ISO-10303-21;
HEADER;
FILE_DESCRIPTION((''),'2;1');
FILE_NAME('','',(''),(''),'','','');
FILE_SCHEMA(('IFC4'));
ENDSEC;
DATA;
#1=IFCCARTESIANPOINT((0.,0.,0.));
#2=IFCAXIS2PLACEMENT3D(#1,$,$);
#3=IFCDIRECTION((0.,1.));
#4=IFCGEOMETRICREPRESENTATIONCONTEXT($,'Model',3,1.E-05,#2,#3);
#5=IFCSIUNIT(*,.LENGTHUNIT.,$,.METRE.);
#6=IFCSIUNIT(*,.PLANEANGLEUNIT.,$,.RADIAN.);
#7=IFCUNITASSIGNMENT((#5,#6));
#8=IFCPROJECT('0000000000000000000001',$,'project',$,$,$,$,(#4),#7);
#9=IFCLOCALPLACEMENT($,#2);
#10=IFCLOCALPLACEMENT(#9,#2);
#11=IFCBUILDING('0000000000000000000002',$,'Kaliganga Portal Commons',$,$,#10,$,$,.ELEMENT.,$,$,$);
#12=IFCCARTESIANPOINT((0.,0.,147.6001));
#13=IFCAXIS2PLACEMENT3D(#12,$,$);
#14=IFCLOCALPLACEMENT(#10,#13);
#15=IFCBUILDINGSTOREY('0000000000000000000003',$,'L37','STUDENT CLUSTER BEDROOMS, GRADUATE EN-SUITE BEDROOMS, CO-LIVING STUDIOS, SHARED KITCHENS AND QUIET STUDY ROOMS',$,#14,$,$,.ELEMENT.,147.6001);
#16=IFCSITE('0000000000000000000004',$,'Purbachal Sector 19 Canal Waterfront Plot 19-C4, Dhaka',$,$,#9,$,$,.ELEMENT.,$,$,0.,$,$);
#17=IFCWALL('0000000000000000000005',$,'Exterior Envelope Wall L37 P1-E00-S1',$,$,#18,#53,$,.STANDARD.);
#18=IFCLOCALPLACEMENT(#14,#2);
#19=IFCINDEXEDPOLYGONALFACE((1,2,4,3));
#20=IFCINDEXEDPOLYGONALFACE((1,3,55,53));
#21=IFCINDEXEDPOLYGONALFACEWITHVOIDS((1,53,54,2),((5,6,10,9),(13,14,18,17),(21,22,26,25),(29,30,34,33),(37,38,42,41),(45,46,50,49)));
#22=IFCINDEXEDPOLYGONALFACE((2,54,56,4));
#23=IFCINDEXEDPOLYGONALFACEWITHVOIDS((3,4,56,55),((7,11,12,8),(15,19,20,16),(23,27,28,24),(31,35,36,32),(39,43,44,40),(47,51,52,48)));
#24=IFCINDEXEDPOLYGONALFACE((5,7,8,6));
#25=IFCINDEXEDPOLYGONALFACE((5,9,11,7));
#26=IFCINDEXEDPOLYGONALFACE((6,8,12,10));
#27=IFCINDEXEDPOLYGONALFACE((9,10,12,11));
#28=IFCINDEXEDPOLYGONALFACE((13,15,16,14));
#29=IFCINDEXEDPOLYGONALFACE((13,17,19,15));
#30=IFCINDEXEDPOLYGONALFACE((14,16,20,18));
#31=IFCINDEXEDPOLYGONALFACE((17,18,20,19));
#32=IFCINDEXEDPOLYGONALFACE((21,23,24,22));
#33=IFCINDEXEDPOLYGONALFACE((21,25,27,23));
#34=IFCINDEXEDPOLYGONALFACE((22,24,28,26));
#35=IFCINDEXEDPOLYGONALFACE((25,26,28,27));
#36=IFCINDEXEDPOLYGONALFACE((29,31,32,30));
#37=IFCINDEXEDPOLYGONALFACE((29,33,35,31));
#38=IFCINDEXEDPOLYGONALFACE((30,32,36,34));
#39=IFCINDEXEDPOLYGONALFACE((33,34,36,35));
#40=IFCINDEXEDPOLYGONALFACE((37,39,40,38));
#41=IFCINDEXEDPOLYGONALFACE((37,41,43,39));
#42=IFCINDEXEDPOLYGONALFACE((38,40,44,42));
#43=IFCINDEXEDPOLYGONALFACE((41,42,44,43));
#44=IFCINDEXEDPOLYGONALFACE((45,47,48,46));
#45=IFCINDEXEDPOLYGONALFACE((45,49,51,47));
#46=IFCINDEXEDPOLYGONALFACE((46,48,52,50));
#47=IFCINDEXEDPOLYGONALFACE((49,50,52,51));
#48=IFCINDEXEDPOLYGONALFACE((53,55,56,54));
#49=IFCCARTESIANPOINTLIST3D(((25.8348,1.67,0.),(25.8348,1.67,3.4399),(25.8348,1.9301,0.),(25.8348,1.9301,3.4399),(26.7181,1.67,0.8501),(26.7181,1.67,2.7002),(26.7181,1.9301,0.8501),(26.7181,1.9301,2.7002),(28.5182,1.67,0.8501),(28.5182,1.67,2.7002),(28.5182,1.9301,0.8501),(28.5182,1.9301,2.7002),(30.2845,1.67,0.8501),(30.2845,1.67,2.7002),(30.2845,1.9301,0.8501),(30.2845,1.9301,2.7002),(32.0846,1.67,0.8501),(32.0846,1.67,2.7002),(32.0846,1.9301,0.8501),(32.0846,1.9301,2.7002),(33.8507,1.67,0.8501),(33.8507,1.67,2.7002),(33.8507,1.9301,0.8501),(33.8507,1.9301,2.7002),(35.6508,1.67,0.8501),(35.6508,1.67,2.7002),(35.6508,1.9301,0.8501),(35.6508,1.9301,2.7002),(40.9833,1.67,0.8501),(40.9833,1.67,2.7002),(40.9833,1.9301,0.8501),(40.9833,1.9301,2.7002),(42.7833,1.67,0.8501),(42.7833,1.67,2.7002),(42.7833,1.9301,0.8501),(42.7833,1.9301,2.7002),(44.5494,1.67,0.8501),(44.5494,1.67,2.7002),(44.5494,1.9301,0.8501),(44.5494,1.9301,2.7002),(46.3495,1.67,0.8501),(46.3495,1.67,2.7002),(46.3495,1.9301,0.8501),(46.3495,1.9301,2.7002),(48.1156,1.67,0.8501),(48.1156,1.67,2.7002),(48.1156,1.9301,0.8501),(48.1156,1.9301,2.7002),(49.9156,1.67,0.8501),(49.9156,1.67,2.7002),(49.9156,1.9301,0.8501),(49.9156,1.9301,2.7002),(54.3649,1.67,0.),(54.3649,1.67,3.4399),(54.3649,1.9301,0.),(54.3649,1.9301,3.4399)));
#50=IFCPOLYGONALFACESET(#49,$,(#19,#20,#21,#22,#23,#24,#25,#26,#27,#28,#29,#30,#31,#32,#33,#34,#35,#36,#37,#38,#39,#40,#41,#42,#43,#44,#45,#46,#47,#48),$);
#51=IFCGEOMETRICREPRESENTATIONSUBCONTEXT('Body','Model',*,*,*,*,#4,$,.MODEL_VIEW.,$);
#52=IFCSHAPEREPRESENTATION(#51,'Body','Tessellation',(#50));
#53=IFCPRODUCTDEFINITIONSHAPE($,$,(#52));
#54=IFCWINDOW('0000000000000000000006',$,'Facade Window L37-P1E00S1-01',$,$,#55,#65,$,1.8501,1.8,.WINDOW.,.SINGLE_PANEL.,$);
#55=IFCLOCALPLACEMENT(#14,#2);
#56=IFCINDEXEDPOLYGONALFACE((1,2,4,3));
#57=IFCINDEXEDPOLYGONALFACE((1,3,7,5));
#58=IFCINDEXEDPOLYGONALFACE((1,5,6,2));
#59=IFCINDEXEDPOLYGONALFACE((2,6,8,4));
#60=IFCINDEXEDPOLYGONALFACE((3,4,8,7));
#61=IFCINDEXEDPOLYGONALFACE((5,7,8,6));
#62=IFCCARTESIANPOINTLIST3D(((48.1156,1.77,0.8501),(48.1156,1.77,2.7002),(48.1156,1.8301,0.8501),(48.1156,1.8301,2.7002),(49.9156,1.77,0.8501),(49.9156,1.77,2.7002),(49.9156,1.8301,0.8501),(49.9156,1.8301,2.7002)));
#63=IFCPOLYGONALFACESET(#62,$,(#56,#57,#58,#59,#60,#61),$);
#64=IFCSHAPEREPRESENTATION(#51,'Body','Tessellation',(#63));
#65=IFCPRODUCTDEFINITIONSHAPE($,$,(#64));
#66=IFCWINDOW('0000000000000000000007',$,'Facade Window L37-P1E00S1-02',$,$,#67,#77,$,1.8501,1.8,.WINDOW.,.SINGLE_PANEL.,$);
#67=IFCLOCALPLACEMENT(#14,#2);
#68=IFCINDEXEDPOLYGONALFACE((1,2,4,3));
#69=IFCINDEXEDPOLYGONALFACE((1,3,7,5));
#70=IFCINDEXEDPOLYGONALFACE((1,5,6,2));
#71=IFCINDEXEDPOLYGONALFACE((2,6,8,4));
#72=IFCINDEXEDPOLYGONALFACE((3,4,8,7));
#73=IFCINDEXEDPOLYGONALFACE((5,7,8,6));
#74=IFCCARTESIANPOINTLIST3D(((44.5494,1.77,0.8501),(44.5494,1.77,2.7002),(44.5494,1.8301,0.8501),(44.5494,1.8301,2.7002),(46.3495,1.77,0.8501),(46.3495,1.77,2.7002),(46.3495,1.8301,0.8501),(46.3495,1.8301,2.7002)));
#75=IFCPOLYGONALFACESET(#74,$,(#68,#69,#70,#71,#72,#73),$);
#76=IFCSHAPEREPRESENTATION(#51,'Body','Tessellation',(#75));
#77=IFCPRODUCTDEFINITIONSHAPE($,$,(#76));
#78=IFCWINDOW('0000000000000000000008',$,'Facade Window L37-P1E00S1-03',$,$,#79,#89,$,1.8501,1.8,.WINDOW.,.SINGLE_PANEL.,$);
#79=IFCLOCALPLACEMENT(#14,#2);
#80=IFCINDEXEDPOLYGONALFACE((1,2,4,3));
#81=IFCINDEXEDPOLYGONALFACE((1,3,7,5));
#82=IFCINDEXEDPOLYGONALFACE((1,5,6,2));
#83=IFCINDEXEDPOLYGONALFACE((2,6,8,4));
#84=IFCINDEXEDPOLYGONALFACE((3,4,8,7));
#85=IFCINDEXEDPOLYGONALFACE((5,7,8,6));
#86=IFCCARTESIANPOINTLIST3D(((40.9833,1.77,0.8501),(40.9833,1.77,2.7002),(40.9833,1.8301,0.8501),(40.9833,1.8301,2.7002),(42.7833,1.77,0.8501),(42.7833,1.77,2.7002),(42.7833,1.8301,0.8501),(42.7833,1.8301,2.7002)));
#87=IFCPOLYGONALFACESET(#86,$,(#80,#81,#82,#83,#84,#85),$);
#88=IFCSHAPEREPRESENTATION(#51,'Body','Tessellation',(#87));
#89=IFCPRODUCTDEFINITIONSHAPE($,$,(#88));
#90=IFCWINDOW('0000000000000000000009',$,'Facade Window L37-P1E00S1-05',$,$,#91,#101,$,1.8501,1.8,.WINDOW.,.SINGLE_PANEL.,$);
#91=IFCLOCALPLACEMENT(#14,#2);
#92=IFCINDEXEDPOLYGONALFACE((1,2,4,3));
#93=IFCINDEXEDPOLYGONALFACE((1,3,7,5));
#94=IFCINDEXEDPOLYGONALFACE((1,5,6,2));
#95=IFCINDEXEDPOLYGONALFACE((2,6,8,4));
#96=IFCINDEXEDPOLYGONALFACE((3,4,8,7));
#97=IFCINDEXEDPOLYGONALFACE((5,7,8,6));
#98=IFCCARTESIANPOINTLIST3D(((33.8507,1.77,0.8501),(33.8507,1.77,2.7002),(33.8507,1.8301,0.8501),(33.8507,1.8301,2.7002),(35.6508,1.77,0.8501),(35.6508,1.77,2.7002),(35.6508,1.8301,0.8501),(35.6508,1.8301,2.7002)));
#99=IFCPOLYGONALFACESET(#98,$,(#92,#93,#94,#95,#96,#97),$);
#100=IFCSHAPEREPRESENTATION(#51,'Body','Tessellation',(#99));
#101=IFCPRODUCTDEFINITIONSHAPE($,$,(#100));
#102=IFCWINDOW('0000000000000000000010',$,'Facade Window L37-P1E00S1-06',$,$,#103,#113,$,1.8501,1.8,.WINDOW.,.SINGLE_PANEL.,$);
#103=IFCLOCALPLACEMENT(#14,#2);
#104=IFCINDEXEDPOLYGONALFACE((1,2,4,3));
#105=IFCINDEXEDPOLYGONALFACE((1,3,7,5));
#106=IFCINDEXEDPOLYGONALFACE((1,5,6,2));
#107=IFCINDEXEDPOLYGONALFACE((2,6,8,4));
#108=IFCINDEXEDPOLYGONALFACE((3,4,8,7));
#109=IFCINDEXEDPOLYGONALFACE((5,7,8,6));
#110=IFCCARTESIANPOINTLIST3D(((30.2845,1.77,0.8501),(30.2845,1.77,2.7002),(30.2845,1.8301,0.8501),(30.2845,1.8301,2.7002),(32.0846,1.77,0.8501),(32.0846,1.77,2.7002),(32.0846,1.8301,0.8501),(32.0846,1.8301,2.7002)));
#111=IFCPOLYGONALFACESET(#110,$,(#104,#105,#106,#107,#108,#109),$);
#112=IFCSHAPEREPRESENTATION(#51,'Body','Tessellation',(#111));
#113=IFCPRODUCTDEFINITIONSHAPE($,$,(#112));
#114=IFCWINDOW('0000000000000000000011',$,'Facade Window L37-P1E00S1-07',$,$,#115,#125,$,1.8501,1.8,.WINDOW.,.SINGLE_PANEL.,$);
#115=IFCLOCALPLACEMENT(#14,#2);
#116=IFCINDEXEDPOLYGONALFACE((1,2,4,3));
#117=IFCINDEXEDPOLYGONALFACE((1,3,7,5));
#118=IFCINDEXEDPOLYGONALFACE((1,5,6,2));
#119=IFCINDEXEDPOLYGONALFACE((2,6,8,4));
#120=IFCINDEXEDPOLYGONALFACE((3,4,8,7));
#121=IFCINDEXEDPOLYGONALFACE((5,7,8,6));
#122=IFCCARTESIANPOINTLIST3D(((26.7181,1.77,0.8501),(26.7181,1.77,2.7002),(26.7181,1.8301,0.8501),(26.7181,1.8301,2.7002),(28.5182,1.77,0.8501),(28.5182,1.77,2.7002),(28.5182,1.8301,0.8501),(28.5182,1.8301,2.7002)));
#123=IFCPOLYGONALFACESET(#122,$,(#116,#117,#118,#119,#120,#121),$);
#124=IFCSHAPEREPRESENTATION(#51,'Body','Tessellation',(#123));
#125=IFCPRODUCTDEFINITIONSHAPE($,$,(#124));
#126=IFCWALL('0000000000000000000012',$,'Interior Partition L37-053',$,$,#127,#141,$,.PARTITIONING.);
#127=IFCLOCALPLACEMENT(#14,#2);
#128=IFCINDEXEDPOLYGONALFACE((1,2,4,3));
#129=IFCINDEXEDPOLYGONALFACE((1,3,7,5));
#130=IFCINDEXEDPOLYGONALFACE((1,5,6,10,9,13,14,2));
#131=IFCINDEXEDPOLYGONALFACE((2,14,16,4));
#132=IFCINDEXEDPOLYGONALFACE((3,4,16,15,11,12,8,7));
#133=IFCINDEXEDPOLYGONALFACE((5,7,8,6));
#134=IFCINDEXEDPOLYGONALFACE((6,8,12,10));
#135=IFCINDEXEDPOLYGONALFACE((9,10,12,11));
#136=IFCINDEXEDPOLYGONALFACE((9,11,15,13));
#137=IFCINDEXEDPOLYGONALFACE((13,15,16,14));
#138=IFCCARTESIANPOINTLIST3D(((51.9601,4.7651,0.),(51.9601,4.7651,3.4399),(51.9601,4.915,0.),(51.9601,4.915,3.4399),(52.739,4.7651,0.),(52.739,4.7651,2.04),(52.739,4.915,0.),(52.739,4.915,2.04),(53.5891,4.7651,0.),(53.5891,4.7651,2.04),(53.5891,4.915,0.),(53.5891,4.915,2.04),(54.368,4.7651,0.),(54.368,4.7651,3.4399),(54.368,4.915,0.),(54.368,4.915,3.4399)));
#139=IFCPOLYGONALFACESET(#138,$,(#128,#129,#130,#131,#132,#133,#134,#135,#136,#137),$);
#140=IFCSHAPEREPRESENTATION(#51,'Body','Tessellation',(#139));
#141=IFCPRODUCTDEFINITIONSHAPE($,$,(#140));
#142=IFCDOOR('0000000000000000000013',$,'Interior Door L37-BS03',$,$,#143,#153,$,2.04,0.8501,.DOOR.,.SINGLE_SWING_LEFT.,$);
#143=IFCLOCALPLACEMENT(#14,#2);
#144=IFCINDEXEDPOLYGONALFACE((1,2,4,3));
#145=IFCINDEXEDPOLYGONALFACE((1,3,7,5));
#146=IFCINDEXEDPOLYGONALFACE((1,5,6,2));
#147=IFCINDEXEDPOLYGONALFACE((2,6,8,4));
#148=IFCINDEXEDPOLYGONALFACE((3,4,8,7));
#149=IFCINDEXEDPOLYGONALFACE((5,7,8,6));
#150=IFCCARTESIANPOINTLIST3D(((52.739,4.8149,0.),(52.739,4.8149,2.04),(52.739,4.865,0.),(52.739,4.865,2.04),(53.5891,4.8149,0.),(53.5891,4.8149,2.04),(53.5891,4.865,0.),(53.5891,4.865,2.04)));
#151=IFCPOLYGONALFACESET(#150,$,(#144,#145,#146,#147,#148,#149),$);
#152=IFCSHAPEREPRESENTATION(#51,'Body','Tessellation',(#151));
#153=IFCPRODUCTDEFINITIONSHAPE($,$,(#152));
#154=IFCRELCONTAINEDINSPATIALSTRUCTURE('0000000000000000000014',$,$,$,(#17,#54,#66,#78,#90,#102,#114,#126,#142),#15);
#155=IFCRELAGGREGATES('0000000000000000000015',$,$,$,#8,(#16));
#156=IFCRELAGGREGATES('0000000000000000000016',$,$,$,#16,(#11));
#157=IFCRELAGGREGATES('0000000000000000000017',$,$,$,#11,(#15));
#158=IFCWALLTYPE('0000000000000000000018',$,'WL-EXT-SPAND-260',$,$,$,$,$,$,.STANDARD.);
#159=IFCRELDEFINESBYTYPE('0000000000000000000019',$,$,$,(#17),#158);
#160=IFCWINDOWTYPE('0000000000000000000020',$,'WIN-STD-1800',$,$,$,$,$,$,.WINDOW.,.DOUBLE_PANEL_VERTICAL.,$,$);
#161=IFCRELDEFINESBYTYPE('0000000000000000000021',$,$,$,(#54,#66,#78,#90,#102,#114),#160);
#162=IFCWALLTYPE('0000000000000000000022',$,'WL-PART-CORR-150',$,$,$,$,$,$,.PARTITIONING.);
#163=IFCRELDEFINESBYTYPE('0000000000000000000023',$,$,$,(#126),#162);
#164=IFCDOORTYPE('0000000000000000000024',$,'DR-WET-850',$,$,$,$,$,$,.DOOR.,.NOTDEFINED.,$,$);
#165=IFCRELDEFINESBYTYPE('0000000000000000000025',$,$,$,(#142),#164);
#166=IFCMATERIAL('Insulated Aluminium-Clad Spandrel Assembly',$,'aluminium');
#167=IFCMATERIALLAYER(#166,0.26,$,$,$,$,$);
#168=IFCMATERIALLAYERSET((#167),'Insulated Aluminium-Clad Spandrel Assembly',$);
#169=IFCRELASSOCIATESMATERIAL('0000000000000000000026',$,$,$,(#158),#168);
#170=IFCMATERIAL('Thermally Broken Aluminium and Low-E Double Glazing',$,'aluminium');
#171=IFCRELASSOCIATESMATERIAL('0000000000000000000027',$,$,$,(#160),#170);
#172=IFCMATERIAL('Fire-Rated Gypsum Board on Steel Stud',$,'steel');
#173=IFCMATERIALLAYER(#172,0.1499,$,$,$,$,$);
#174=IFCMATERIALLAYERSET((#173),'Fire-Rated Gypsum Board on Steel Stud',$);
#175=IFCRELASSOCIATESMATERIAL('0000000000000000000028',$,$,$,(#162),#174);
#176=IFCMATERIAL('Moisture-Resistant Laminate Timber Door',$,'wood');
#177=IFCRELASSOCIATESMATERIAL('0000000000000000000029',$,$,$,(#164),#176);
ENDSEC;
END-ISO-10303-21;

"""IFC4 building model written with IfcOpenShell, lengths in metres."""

from ifc_helpers import new_model, si_unit, direction, frame, frame_2d, origin, place, context, subcontext, project, spatial, rectangle, extrude, material, layer, layer_set, type_object, element, fill, save


model = new_model("IFC4")

# Units and contexts
model_context = context("Model", 3, precision=1e-05, world=origin(), true_north=direction((0.0, 1.0)))
body_context = subcontext(model_context, "Body", "Model", "MODEL_VIEW")
ifc_project = project(units=[si_unit("LENGTHUNIT", "METRE"), si_unit("PLANEANGLEUNIT", "RADIAN")], contexts=[model_context])

# Site, building, storey
site_placement = place(None, origin())
site = spatial("IfcSite", under=ifc_project, at=site_placement, Name="Purbachal Sector 19 Canal Waterfront Plot 19-C4, Dhaka", CompositionType="ELEMENT", RefElevation=0.0)
building_placement = place(site_placement, origin())
building = spatial("IfcBuilding", under=site, at=building_placement, Name="Kaliganga Portal Commons", CompositionType="ELEMENT")
storey_placement = place(building_placement, frame((0.0, 0.0, 147.6001)))
storey = spatial("IfcBuildingStorey", under=building, at=storey_placement, Name="L37", Description="STUDENT CLUSTER BEDROOMS, GRADUATE EN-SUITE BEDROOMS, CO-LIVING STUDIOS, SHARED KITCHENS AND QUIET STUDY ROOMS", CompositionType="ELEMENT", Elevation=147.6001)

# Wall, openings, windows
ifc_material_1 = material(Name="Insulated Aluminium-Clad Spandrel Assembly", Category="aluminium")
ifc_layer_1 = layer(ifc_material_1, 0.26)
ifc_layer_set_1 = layer_set([ifc_layer_1], Name="Insulated Aluminium-Clad Spandrel Assembly")
wall_type_1 = type_object("IfcWallType", Name="WL-EXT-SPAND-260", PredefinedType="STANDARD", material=ifc_layer_set_1)
wall_1_placement = place(storey_placement, frame((54.365, 1.8, 0.0), z_axis=(0.0, 0.0, 1.0), x_axis=(-1.0, 0.0, 0.0)))
wall_1 = element("IfcWall", 1, at=wall_1_placement, inside=storey, type_object=wall_type_1, Name="Exterior Envelope Wall L37 P1-E00-S1", PredefinedType="STANDARD", context=body_context, shape_type="SweptSolid", body=[
    extrude(rectangle(XDim=28.53, YDim=0.26, at=frame_2d((14.2651, 0.0))), origin(), (0.0, 0.0, 1.0), 3.4399),
])
opening_1_placement = place(wall_1_placement, frame((4.4495, 0.0, 0.8501)))
opening_1 = element("IfcOpeningElement", 2, at=opening_1_placement, cuts=wall_1, PredefinedType="OPENING", context=body_context, shape_type="SweptSolid", body=[
    extrude(rectangle(XDim=1.8, YDim=1.8501, at=frame_2d((0.8999, 0.925))), frame((0.0, 0.1401, 0.0), z_axis=(0.0, -1.0, 0.0), x_axis=(1.0, 0.0, 0.0)), (0.0, 0.0, 1.0), 0.28),
])
opening_2_placement = place(wall_1_placement, frame((8.0156, 0.0, 0.8501)))
opening_2 = element("IfcOpeningElement", 3, at=opening_2_placement, cuts=wall_1, PredefinedType="OPENING", context=body_context, shape_type="SweptSolid", body=[
    extrude(rectangle(XDim=1.8, YDim=1.8501, at=frame_2d((0.8999, 0.925))), frame((0.0, 0.1401, 0.0), z_axis=(0.0, -1.0, 0.0), x_axis=(1.0, 0.0, 0.0)), (0.0, 0.0, 1.0), 0.28),
])
opening_3_placement = place(wall_1_placement, frame((11.5818, 0.0, 0.8501)))
opening_3 = element("IfcOpeningElement", 4, at=opening_3_placement, cuts=wall_1, PredefinedType="OPENING", context=body_context, shape_type="SweptSolid", body=[
    extrude(rectangle(XDim=1.8, YDim=1.8501, at=frame_2d((0.8999, 0.925))), frame((0.0, 0.1401, 0.0), z_axis=(0.0, -1.0, 0.0), x_axis=(1.0, 0.0, 0.0)), (0.0, 0.0, 1.0), 0.28),
])
opening_4_placement = place(wall_1_placement, frame((18.7144, 0.0, 0.8501)))
opening_4 = element("IfcOpeningElement", 5, at=opening_4_placement, cuts=wall_1, PredefinedType="OPENING", context=body_context, shape_type="SweptSolid", body=[
    extrude(rectangle(XDim=1.8, YDim=1.8501, at=frame_2d((0.8999, 0.925))), frame((0.0, 0.1401, 0.0), z_axis=(0.0, -1.0, 0.0), x_axis=(1.0, 0.0, 0.0)), (0.0, 0.0, 1.0), 0.28),
])
opening_5_placement = place(wall_1_placement, frame((22.2805, 0.0, 0.8501)))
opening_5 = element("IfcOpeningElement", 6, at=opening_5_placement, cuts=wall_1, PredefinedType="OPENING", context=body_context, shape_type="SweptSolid", body=[
    extrude(rectangle(XDim=1.8, YDim=1.8501, at=frame_2d((0.8999, 0.925))), frame((0.0, 0.1401, 0.0), z_axis=(0.0, -1.0, 0.0), x_axis=(1.0, 0.0, 0.0)), (0.0, 0.0, 1.0), 0.28),
])
opening_6_placement = place(wall_1_placement, frame((25.8469, 0.0, 0.8501)))
opening_6 = element("IfcOpeningElement", 7, at=opening_6_placement, cuts=wall_1, PredefinedType="OPENING", context=body_context, shape_type="SweptSolid", body=[
    extrude(rectangle(XDim=1.8, YDim=1.8501, at=frame_2d((0.8999, 0.925))), frame((0.0, 0.1401, 0.0), z_axis=(0.0, -1.0, 0.0), x_axis=(1.0, 0.0, 0.0)), (0.0, 0.0, 1.0), 0.28),
])
ifc_material_2 = material(Name="Thermally Broken Aluminium and Low-E Double Glazing", Category="aluminium")
window_type = type_object("IfcWindowType", Name="WIN-STD-1800", PartitioningType="DOUBLE_PANEL_VERTICAL", PredefinedType="WINDOW", material=ifc_material_2)
window_1_placement = place(opening_1_placement, origin())
window_1 = element("IfcWindow", 8, at=window_1_placement, inside=storey, type_object=window_type, Name="Facade Window L37-P1E00S1-01", OverallHeight=1.8501, OverallWidth=1.8, PartitioningType="SINGLE_PANEL", PredefinedType="WINDOW", context=body_context, shape_type="SweptSolid", body=[
    extrude(rectangle(XDim=1.8, YDim=1.8501, at=frame_2d((0.8999, 0.925))), frame((0.0, 0.03, 0.0), z_axis=(0.0, -1.0, 0.0), x_axis=(1.0, 0.0, 0.0)), (0.0, 0.0, 1.0), 0.0601),
])
fill(opening_1, window_1)
window_2_placement = place(opening_2_placement, origin())
window_2 = element("IfcWindow", 9, at=window_2_placement, inside=storey, type_object=window_type, Name="Facade Window L37-P1E00S1-02", OverallHeight=1.8501, OverallWidth=1.8, PartitioningType="SINGLE_PANEL", PredefinedType="WINDOW", context=body_context, shape_type="SweptSolid", body=[
    extrude(rectangle(XDim=1.8, YDim=1.8501, at=frame_2d((0.8999, 0.925))), frame((0.0, 0.03, 0.0), z_axis=(0.0, -1.0, 0.0), x_axis=(1.0, 0.0, 0.0)), (0.0, 0.0, 1.0), 0.0601),
])
fill(opening_2, window_2)
window_3_placement = place(opening_3_placement, origin())
window_3 = element("IfcWindow", 10, at=window_3_placement, inside=storey, type_object=window_type, Name="Facade Window L37-P1E00S1-03", OverallHeight=1.8501, OverallWidth=1.8, PartitioningType="SINGLE_PANEL", PredefinedType="WINDOW", context=body_context, shape_type="SweptSolid", body=[
    extrude(rectangle(XDim=1.8, YDim=1.8501, at=frame_2d((0.8999, 0.925))), frame((0.0, 0.03, 0.0), z_axis=(0.0, -1.0, 0.0), x_axis=(1.0, 0.0, 0.0)), (0.0, 0.0, 1.0), 0.0601),
])
fill(opening_3, window_3)
window_4_placement = place(opening_4_placement, origin())
window_4 = element("IfcWindow", 11, at=window_4_placement, inside=storey, type_object=window_type, Name="Facade Window L37-P1E00S1-05", OverallHeight=1.8501, OverallWidth=1.8, PartitioningType="SINGLE_PANEL", PredefinedType="WINDOW", context=body_context, shape_type="SweptSolid", body=[
    extrude(rectangle(XDim=1.8, YDim=1.8501, at=frame_2d((0.8999, 0.925))), frame((0.0, 0.03, 0.0), z_axis=(0.0, -1.0, 0.0), x_axis=(1.0, 0.0, 0.0)), (0.0, 0.0, 1.0), 0.0601),
])
fill(opening_4, window_4)
window_5_placement = place(opening_5_placement, origin())
window_5 = element("IfcWindow", 12, at=window_5_placement, inside=storey, type_object=window_type, Name="Facade Window L37-P1E00S1-06", OverallHeight=1.8501, OverallWidth=1.8, PartitioningType="SINGLE_PANEL", PredefinedType="WINDOW", context=body_context, shape_type="SweptSolid", body=[
    extrude(rectangle(XDim=1.8, YDim=1.8501, at=frame_2d((0.8999, 0.925))), frame((0.0, 0.03, 0.0), z_axis=(0.0, -1.0, 0.0), x_axis=(1.0, 0.0, 0.0)), (0.0, 0.0, 1.0), 0.0601),
])
fill(opening_5, window_5)
window_6_placement = place(opening_6_placement, origin())
window_6 = element("IfcWindow", 13, at=window_6_placement, inside=storey, type_object=window_type, Name="Facade Window L37-P1E00S1-07", OverallHeight=1.8501, OverallWidth=1.8, PartitioningType="SINGLE_PANEL", PredefinedType="WINDOW", context=body_context, shape_type="SweptSolid", body=[
    extrude(rectangle(XDim=1.8, YDim=1.8501, at=frame_2d((0.8999, 0.925))), frame((0.0, 0.03, 0.0), z_axis=(0.0, -1.0, 0.0), x_axis=(1.0, 0.0, 0.0)), (0.0, 0.0, 1.0), 0.0601),
])
fill(opening_6, window_6)

# Wall, opening, door
ifc_material_3 = material(Name="Fire-Rated Gypsum Board on Steel Stud", Category="steel")
ifc_layer_2 = layer(ifc_material_3, 0.1499)
ifc_layer_set_2 = layer_set([ifc_layer_2], Name="Fire-Rated Gypsum Board on Steel Stud")
wall_type_2 = type_object("IfcWallType", Name="WL-PART-CORR-150", PredefinedType="PARTITIONING", material=ifc_layer_set_2)
wall_2_placement = place(storey_placement, frame((51.96, 4.8401, 0.0), z_axis=(0.0, 0.0, 1.0), x_axis=(1.0, 0.0, 0.0)))
wall_2 = element("IfcWall", 14, at=wall_2_placement, inside=storey, type_object=wall_type_2, Name="Interior Partition L37-053", PredefinedType="PARTITIONING", context=body_context, shape_type="SweptSolid", body=[
    extrude(rectangle(XDim=2.408, YDim=0.1499, at=frame_2d((1.2041, 0.0))), origin(), (0.0, 0.0, 1.0), 3.4399),
])
opening_7_placement = place(wall_2_placement, frame((0.7791, 0.0, 0.0)))
opening_7 = element("IfcOpeningElement", 15, at=opening_7_placement, cuts=wall_2, PredefinedType="OPENING", context=body_context, shape_type="SweptSolid", body=[
    extrude(rectangle(XDim=0.8501, YDim=2.04, at=frame_2d((0.425, 1.02))), frame((0.0, 0.085, 0.0), z_axis=(0.0, -1.0, 0.0), x_axis=(1.0, 0.0, 0.0)), (0.0, 0.0, 1.0), 0.1699),
])
ifc_material_4 = material(Name="Moisture-Resistant Laminate Timber Door", Category="wood")
door_type_1 = type_object("IfcDoorType", Name="DR-WET-850", OperationType="NOTDEFINED", PredefinedType="DOOR", material=ifc_material_4)
door_1_placement = place(opening_7_placement, origin())
door_1 = element("IfcDoor", 16, at=door_1_placement, inside=storey, type_object=door_type_1, Name="Interior Door L37-BS03", OperationType="SINGLE_SWING_LEFT", OverallHeight=2.04, OverallWidth=0.8501, PredefinedType="DOOR", context=body_context, shape_type="SweptSolid", body=[
    extrude(rectangle(XDim=0.8501, YDim=2.04, at=frame_2d((0.425, 1.02))), frame((0.0, 0.0249, 0.0), z_axis=(0.0, -1.0, 0.0), x_axis=(1.0, 0.0, 0.0)), (0.0, 0.0, 1.0), 0.05),
])
fill(opening_7, door_1)

save(model, "model.ifc")
